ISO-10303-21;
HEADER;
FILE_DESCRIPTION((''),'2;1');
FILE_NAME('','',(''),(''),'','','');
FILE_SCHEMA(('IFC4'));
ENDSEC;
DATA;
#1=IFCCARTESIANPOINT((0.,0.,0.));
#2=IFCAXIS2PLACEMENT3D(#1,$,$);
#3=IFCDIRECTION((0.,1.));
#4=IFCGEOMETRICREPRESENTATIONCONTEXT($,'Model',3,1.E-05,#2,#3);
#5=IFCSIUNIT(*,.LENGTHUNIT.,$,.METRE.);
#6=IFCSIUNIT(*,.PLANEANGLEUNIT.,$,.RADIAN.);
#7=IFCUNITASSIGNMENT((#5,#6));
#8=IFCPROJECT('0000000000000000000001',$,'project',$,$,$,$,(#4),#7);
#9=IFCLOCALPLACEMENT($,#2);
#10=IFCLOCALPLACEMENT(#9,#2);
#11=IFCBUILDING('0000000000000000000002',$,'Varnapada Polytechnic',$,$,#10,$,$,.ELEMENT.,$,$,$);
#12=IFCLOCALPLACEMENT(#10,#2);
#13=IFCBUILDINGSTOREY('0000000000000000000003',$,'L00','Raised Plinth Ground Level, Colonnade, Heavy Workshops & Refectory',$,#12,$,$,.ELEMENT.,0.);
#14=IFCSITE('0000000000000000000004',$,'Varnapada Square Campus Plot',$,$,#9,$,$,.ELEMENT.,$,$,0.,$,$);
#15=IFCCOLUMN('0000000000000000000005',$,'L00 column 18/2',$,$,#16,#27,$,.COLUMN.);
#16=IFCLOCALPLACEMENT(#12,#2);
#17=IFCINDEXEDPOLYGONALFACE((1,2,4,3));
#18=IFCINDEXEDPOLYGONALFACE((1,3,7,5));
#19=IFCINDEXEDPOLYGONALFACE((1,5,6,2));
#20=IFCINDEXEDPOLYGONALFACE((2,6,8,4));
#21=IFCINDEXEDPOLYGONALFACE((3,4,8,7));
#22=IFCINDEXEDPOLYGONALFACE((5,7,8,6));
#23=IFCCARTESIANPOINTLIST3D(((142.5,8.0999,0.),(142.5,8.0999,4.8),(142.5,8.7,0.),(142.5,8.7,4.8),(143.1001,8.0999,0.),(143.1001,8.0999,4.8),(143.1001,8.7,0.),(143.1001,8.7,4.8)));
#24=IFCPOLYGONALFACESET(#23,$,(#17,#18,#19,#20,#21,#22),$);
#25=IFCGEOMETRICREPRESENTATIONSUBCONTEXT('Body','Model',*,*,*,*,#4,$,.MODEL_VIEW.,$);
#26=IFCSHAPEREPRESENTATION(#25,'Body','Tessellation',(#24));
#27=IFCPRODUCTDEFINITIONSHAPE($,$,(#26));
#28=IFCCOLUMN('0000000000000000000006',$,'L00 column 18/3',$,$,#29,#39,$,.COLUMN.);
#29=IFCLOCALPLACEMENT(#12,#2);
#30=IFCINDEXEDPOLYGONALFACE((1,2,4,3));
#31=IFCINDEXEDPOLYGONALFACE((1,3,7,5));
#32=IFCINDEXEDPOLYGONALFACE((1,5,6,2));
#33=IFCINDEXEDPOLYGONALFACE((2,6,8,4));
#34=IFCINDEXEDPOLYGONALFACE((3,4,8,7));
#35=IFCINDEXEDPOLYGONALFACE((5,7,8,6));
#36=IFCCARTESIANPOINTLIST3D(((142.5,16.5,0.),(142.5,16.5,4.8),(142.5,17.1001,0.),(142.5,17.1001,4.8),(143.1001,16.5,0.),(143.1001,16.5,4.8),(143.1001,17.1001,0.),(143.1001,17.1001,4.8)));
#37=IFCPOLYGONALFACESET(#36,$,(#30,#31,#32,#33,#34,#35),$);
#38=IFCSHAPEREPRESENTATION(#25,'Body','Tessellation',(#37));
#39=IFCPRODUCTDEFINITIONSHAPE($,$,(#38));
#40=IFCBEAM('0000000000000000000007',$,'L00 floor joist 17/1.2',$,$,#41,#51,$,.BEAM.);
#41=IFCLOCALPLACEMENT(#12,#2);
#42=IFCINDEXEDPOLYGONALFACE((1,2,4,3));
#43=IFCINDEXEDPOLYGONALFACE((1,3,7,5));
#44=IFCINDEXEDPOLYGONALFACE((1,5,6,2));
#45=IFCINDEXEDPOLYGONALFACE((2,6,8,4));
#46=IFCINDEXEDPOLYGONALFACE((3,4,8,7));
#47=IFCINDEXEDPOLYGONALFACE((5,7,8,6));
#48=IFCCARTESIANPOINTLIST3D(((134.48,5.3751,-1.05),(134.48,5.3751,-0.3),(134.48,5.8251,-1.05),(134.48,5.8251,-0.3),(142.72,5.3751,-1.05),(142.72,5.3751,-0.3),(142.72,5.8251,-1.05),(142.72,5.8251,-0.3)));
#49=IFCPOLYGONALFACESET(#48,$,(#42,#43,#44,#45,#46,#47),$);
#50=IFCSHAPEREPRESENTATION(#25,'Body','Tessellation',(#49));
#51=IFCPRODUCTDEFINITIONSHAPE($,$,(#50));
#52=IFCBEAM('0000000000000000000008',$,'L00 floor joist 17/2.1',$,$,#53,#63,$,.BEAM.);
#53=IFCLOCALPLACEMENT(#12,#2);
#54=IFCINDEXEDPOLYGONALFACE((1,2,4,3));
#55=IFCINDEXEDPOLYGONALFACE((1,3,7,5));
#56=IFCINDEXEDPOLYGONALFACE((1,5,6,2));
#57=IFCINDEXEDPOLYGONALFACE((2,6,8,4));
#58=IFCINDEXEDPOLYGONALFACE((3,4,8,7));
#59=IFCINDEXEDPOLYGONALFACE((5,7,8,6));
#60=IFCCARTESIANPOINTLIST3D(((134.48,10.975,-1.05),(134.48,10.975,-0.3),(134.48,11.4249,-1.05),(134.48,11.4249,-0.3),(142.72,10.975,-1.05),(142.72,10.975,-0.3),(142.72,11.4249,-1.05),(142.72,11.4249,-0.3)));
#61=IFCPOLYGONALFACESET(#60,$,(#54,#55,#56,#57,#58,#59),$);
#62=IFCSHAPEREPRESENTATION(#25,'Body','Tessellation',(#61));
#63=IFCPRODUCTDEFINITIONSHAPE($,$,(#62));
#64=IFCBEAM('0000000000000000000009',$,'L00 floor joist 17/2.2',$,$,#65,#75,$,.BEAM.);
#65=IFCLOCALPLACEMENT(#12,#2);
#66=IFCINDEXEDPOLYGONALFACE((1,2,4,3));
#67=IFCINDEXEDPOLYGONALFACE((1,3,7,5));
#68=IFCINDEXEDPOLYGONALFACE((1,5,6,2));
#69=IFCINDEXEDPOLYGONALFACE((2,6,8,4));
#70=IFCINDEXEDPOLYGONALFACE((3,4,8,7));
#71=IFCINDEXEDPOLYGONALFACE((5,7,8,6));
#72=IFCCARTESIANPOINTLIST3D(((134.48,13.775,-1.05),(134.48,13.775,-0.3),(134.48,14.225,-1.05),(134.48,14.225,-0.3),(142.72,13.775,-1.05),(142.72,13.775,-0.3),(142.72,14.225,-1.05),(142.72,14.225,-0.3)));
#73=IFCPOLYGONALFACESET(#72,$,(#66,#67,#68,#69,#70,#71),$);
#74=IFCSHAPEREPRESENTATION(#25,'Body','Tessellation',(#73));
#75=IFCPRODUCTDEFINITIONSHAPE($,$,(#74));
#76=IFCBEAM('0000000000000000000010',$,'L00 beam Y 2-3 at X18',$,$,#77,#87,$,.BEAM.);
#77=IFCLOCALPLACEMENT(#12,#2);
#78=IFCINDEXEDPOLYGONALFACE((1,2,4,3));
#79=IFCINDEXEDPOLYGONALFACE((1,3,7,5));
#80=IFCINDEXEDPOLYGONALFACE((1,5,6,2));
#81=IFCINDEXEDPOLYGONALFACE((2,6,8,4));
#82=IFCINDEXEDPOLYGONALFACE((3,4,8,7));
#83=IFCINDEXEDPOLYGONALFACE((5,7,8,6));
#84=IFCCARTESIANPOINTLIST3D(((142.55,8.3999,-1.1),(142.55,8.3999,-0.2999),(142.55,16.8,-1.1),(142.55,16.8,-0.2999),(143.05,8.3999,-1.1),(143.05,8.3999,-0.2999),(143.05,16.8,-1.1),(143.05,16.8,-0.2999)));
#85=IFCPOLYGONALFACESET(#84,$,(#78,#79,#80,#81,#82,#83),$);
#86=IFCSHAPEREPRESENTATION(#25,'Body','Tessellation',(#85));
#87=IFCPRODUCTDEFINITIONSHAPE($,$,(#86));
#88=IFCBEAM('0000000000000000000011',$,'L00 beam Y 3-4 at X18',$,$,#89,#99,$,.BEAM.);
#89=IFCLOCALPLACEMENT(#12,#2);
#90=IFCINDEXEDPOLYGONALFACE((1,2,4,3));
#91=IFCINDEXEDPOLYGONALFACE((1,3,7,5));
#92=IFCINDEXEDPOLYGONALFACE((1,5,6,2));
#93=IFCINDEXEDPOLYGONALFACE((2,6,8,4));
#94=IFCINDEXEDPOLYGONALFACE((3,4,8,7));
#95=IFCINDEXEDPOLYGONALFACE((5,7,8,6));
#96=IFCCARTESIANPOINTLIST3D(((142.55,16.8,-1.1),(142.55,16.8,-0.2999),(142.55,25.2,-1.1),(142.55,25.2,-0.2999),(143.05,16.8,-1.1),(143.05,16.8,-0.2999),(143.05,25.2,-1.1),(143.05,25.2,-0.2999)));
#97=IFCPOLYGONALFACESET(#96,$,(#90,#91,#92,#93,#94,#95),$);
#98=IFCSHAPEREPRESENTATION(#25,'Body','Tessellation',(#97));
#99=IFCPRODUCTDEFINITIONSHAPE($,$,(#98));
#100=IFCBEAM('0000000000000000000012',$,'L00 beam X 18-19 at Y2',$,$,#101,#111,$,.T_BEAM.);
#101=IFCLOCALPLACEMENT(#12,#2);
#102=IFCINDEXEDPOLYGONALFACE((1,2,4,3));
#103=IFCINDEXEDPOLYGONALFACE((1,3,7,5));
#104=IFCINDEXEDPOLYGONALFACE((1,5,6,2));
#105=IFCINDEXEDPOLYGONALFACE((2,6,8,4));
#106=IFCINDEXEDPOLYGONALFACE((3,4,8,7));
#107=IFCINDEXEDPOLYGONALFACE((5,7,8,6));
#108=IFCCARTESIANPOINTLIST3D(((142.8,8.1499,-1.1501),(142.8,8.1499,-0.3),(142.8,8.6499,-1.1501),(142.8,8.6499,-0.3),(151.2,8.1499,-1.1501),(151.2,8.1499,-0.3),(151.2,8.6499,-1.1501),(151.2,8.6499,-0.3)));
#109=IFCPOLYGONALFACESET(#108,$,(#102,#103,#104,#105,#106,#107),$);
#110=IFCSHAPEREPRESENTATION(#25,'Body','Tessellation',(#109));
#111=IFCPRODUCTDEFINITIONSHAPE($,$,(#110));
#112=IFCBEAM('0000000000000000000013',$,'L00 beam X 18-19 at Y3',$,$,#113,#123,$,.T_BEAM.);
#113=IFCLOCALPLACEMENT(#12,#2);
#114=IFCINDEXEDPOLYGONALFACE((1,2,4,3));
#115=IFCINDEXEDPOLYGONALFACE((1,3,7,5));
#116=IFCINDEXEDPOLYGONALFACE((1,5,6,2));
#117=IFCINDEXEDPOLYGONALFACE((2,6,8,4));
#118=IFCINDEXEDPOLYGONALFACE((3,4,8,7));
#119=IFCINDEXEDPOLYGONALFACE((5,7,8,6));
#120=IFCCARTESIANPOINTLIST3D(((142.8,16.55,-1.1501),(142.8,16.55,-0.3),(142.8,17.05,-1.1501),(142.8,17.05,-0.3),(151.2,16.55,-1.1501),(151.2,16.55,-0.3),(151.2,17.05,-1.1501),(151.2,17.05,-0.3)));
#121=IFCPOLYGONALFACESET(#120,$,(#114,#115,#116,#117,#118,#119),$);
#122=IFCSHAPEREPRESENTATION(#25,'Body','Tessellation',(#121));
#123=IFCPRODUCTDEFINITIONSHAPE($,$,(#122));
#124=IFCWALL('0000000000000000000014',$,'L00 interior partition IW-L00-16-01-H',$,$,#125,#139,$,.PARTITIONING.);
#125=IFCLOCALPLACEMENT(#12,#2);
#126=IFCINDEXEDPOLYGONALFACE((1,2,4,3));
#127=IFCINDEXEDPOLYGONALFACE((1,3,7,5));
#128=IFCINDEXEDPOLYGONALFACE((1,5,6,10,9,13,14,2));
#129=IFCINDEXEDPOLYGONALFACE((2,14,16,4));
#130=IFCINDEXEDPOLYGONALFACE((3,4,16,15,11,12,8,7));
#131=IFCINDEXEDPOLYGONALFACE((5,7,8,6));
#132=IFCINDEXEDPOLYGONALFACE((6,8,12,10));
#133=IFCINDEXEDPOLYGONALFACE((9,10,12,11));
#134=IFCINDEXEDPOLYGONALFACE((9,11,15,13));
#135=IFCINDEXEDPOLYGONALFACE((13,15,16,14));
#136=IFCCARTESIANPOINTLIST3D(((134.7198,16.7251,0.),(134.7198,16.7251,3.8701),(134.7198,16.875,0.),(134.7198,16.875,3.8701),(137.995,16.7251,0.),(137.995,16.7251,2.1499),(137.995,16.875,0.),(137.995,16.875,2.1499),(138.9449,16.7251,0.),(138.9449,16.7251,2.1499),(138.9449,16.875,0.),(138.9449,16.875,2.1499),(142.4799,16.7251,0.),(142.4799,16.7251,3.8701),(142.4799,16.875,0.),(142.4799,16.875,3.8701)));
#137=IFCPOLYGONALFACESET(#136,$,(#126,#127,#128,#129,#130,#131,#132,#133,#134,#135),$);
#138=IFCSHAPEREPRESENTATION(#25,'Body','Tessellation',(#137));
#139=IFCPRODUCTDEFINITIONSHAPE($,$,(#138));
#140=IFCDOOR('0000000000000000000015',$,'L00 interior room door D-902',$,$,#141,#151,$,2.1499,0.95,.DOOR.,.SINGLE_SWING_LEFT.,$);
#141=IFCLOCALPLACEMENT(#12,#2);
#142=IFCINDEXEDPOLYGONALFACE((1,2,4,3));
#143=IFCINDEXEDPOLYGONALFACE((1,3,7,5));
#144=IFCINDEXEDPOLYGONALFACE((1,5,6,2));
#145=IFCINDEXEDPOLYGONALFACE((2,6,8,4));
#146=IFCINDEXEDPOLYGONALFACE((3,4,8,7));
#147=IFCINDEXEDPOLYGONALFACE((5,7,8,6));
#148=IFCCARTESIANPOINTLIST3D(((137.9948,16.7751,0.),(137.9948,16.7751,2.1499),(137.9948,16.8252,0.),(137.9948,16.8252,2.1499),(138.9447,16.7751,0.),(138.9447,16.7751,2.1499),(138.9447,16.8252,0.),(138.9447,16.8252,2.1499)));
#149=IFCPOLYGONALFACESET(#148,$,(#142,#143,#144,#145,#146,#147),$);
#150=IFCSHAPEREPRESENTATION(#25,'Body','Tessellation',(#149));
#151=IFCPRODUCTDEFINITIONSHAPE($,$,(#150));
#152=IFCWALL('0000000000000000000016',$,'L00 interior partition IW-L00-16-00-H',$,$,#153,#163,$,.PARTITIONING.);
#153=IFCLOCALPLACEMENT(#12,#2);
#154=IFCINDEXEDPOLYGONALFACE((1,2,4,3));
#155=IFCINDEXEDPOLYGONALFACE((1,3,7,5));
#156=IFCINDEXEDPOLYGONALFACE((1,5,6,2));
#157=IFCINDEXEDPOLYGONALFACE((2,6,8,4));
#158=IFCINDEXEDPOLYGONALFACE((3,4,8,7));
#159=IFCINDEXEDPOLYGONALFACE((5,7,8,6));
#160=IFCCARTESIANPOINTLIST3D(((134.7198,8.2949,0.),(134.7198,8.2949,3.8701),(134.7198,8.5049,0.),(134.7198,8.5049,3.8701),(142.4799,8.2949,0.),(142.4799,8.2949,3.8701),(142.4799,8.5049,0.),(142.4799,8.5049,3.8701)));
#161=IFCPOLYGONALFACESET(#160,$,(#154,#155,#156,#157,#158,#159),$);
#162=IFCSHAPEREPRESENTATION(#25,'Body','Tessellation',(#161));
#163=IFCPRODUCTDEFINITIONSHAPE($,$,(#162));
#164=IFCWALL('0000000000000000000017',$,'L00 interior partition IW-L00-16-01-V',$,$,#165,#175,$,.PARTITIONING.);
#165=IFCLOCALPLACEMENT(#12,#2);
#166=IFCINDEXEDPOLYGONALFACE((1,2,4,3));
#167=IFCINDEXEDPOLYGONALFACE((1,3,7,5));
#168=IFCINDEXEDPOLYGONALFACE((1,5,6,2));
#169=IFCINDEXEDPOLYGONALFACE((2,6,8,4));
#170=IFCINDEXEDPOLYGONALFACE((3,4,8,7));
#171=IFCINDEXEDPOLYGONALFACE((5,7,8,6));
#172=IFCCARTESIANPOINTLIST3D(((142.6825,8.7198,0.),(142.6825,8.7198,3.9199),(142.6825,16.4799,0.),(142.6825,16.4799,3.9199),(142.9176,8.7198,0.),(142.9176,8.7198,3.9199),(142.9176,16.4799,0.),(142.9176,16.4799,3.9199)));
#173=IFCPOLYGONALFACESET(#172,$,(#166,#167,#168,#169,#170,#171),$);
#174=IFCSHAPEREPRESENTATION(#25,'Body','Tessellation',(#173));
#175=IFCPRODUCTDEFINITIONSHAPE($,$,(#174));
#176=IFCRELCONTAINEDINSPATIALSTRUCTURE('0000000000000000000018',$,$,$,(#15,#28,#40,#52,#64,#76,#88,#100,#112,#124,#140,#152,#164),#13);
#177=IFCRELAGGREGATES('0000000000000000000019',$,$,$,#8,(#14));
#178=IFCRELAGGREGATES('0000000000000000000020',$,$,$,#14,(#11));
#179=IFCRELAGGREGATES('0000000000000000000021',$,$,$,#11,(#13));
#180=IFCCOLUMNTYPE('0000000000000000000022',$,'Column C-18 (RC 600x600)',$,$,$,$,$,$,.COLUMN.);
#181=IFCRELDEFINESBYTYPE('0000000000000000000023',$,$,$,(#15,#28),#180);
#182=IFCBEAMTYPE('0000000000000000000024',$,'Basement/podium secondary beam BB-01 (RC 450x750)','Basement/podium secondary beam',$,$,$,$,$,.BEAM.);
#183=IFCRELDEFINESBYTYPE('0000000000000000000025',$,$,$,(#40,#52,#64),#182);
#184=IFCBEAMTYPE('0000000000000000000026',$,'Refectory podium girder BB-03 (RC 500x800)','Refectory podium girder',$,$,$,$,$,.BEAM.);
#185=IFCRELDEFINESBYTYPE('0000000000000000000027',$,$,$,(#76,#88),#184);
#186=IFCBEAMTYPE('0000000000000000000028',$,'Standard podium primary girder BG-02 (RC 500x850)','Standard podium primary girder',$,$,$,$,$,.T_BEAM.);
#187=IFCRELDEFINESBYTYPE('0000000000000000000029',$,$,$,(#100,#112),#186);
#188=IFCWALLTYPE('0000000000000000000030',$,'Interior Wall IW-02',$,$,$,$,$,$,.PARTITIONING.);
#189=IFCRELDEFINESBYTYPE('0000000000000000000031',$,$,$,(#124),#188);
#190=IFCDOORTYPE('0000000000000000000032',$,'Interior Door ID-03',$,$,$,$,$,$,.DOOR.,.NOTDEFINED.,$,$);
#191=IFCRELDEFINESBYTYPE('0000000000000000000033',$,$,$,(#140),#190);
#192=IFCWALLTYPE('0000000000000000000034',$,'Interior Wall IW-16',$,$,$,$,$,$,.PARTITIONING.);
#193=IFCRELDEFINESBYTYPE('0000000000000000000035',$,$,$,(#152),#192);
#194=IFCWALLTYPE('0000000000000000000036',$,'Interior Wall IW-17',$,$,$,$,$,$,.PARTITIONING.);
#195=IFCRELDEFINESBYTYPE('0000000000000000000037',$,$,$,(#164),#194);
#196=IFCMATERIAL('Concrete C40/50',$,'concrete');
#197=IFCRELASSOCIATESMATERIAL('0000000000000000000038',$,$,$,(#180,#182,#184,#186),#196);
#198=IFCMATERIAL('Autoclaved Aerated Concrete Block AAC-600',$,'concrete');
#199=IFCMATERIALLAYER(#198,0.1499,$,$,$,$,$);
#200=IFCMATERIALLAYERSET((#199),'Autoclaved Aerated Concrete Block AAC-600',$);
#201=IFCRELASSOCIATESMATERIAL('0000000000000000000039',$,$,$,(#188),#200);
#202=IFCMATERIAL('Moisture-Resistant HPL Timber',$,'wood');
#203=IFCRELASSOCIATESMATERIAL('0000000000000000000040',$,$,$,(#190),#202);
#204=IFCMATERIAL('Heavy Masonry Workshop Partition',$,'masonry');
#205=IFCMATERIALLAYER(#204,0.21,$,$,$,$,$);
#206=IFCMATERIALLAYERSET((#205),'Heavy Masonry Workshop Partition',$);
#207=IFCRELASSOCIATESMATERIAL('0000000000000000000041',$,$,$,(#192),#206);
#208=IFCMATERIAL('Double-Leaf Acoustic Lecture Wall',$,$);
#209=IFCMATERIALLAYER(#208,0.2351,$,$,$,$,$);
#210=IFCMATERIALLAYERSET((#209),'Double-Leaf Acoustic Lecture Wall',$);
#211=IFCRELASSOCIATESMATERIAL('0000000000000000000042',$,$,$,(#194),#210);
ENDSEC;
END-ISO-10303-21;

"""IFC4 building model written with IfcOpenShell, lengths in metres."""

from ifc_helpers import new_model, si_unit, direction, frame, frame_2d, origin, origin_2d, place, context, subcontext, project, spatial, rectangle, extrude, material, layer, layer_set, material_profile, profile_set, type_object, element, fill, save


model = new_model("IFC4")

# Units and contexts
model_context = context("Model", 3, precision=1e-05, world=origin(), true_north=direction((0.0, 1.0)))
body_context = subcontext(model_context, "Body", "Model", "MODEL_VIEW")
ifc_project = project(units=[si_unit("LENGTHUNIT", "METRE"), si_unit("PLANEANGLEUNIT", "RADIAN")], contexts=[model_context])

# Site, building, storey
site_placement = place(None, origin())
site = spatial("IfcSite", under=ifc_project, at=site_placement, Name="Varnapada Square Campus Plot", CompositionType="ELEMENT", RefElevation=0.0)
building_placement = place(site_placement, origin())
building = spatial("IfcBuilding", under=site, at=building_placement, Name="Varnapada Polytechnic", CompositionType="ELEMENT")
storey_placement = place(building_placement, origin())
storey = spatial("IfcBuildingStorey", under=building, at=storey_placement, Name="L00", Description="Raised Plinth Ground Level, Colonnade, Heavy Workshops & Refectory", CompositionType="ELEMENT", Elevation=0.0)

# Columns
ifc_material_1 = material(Name="Concrete C40/50", Category="concrete")
ifc_material_profile_1 = material_profile(ifc_material_1, rectangle(XDim=0.6001, YDim=0.6001, at=origin_2d()), Name="RC 600x600")
ifc_profile_set_1 = profile_set([ifc_material_profile_1], Name="Concrete C40/50")
column_type = type_object("IfcColumnType", Name="Column C-18 (RC 600x600)", PredefinedType="COLUMN", material=ifc_profile_set_1)
for number, where, z_axis, x_axis, name in (
    (1, (142.8, 8.3999, 0.0), (0.0, 0.0, 1.0), (1.0, 0.0, 0.0), "L00 column 18/2"),
    (2, (142.8, 16.8, 0.0), (0.0, 0.0, 1.0), (1.0, 0.0, 0.0), "L00 column 18/3"),
):
    element("IfcColumn", number, at=place(storey_placement, frame(where, z_axis=z_axis, x_axis=x_axis)), inside=storey, type_object=column_type, Name=name, PredefinedType="COLUMN", context=body_context, shape_type="SweptSolid", body=[
        extrude(rectangle(XDim=0.6001, YDim=0.6001, at=origin_2d()), origin(), (0.0, 0.0, 1.0), 4.8),
    ])

# Beams
ifc_material_profile_2 = material_profile(ifc_material_1, rectangle(XDim=0.45, YDim=0.75, at=origin_2d()), Name="RC 450x750")
ifc_profile_set_2 = profile_set([ifc_material_profile_2], Name="Concrete C40/50")
beam_type_1 = type_object("IfcBeamType", Name="Basement/podium secondary beam BB-01 (RC 450x750)", Description="Basement/podium secondary beam", PredefinedType="BEAM", material=ifc_profile_set_2)
for number, where, z_axis, x_axis, name in (
    (3, (134.48, 5.6001, -0.675), (1.0, 0.0, 0.0), (0.0, 1.0, 0.0), "L00 floor joist 17/1.2"),
    (4, (134.48, 11.2, -0.675), (1.0, 0.0, 0.0), (0.0, 1.0, 0.0), "L00 floor joist 17/2.1"),
    (5, (134.48, 14.0, -0.675), (1.0, 0.0, 0.0), (0.0, 1.0, 0.0), "L00 floor joist 17/2.2"),
):
    element("IfcBeam", number, at=place(storey_placement, frame(where, z_axis=z_axis, x_axis=x_axis)), inside=storey, type_object=beam_type_1, Name=name, PredefinedType="BEAM", context=body_context, shape_type="SweptSolid", body=[
        extrude(rectangle(XDim=0.45, YDim=0.75, at=origin_2d()), origin(), (0.0, 0.0, 1.0), 8.24),
    ])
ifc_material_profile_3 = material_profile(ifc_material_1, rectangle(XDim=0.5, YDim=0.8, at=origin_2d()), Name="RC 500x800")
ifc_profile_set_3 = profile_set([ifc_material_profile_3], Name="Concrete C40/50")
beam_type_2 = type_object("IfcBeamType", Name="Refectory podium girder BB-03 (RC 500x800)", Description="Refectory podium girder", PredefinedType="BEAM", material=ifc_profile_set_3)
beam_1_placement = place(storey_placement, frame((142.8, 8.3999, -0.7), z_axis=(0.0, 1.0, 0.0), x_axis=(-1.0, 0.0, 0.0)))
element("IfcBeam", 6, at=beam_1_placement, inside=storey, type_object=beam_type_2, Name="L00 beam Y 2-3 at X18", PredefinedType="BEAM", context=body_context, shape_type="SweptSolid", body=[
    extrude(rectangle(XDim=0.5, YDim=0.8, at=origin_2d()), origin(), (0.0, 0.0, 1.0), 8.4001),
])
beam_2_placement = place(storey_placement, frame((142.8, 16.8, -0.7), z_axis=(0.0, 1.0, 0.0), x_axis=(-1.0, 0.0, 0.0)))
element("IfcBeam", 7, at=beam_2_placement, inside=storey, type_object=beam_type_2, Name="L00 beam Y 3-4 at X18", PredefinedType="BEAM", context=body_context, shape_type="SweptSolid", body=[
    extrude(rectangle(XDim=0.5, YDim=0.8, at=origin_2d()), origin(), (0.0, 0.0, 1.0), 8.3999),
])
ifc_material_profile_4 = material_profile(ifc_material_1, rectangle(XDim=0.5, YDim=0.8501, at=origin_2d()), Name="RC 500x850")
ifc_profile_set_4 = profile_set([ifc_material_profile_4], Name="Concrete C40/50")
beam_type_3 = type_object("IfcBeamType", Name="Standard podium primary girder BG-02 (RC 500x850)", Description="Standard podium primary girder", PredefinedType="T_BEAM", material=ifc_profile_set_4)
for number, where, z_axis, x_axis, name in (
    (8, (142.8, 8.3999, -0.7251), (1.0, 0.0, 0.0), (0.0, 1.0, 0.0), "L00 beam X 18-19 at Y2"),
    (9, (142.8, 16.8, -0.7251), (1.0, 0.0, 0.0), (0.0, 1.0, 0.0), "L00 beam X 18-19 at Y3"),
):
    element("IfcBeam", number, at=place(storey_placement, frame(where, z_axis=z_axis, x_axis=x_axis)), inside=storey, type_object=beam_type_3, Name=name, PredefinedType="T_BEAM", context=body_context, shape_type="SweptSolid", body=[
        extrude(rectangle(XDim=0.5, YDim=0.8501, at=origin_2d()), origin(), (0.0, 0.0, 1.0), 8.3999),
    ])

# Wall, opening, door
ifc_material_2 = material(Name="Autoclaved Aerated Concrete Block AAC-600", Category="concrete")
ifc_layer_1 = layer(ifc_material_2, 0.1499)
ifc_layer_set_1 = layer_set([ifc_layer_1], Name="Autoclaved Aerated Concrete Block AAC-600")
wall_type_1 = type_object("IfcWallType", Name="Interior Wall IW-02", PredefinedType="PARTITIONING", material=ifc_layer_set_1)
wall_1_placement = place(storey_placement, frame((134.72, 16.8, 0.0), z_axis=(0.0, 0.0, 1.0), x_axis=(1.0, 0.0, 0.0)))
wall_1 = element("IfcWall", 10, at=wall_1_placement, inside=storey, type_object=wall_type_1, Name="L00 interior partition IW-L00-16-01-H", PredefinedType="PARTITIONING", context=body_context, shape_type="SweptSolid", body=[
    extrude(rectangle(XDim=7.76, YDim=0.1499, at=frame_2d((3.8799, 0.0))), origin(), (0.0, 0.0, 1.0), 3.8701),
])
opening_placement = place(wall_1_placement, frame((3.2749, 0.0, 0.0)))
opening = element("IfcOpeningElement", 11, at=opening_placement, cuts=wall_1, PredefinedType="OPENING", context=body_context, shape_type="SweptSolid", body=[
    extrude(rectangle(XDim=0.95, YDim=2.1499, at=frame_2d((0.4751, 1.075))), frame((0.0, 0.085, 0.0), z_axis=(0.0, -1.0, 0.0), x_axis=(1.0, 0.0, 0.0)), (0.0, 0.0, 1.0), 0.1699),
])
ifc_material_3 = material(Name="Moisture-Resistant HPL Timber", Category="wood")
door_type = type_object("IfcDoorType", Name="Interior Door ID-03", OperationType="NOTDEFINED", PredefinedType="DOOR", material=ifc_material_3)
door_placement = place(opening_placement, frame((0.95, 0.0, 0.0), z_axis=(0.0, 0.0, 1.0), x_axis=(-1.0, 0.0, 0.0)))
door = element("IfcDoor", 12, at=door_placement, inside=storey, type_object=door_type, Name="L00 interior room door D-902", OperationType="SINGLE_SWING_LEFT", OverallHeight=2.1499, OverallWidth=0.95, PredefinedType="DOOR", context=body_context, shape_type="SweptSolid", body=[
    extrude(rectangle(XDim=0.95, YDim=2.1499, at=frame_2d((0.4751, 1.075))), frame((0.0, 0.0249, 0.0), z_axis=(0.0, -1.0, 0.0), x_axis=(1.0, 0.0, 0.0)), (0.0, 0.0, 1.0), 0.05),
])
fill(opening, door)

# Walls
ifc_material_4 = material(Name="Heavy Masonry Workshop Partition", Category="masonry")
ifc_layer_2 = layer(ifc_material_4, 0.21)
ifc_layer_set_2 = layer_set([ifc_layer_2], Name="Heavy Masonry Workshop Partition")
wall_type_2 = type_object("IfcWallType", Name="Interior Wall IW-16", PredefinedType="PARTITIONING", material=ifc_layer_set_2)
wall_2_placement = place(storey_placement, frame((134.72, 8.3999, 0.0), z_axis=(0.0, 0.0, 1.0), x_axis=(1.0, 0.0, 0.0)))
element("IfcWall", 13, at=wall_2_placement, inside=storey, type_object=wall_type_2, Name="L00 interior partition IW-L00-16-00-H", PredefinedType="PARTITIONING", context=body_context, shape_type="SweptSolid", body=[
    extrude(rectangle(XDim=7.76, YDim=0.21, at=frame_2d((3.8799, 0.0))), origin(), (0.0, 0.0, 1.0), 3.8701),
])
ifc_material_5 = material(Name="Double-Leaf Acoustic Lecture Wall")
ifc_layer_3 = layer(ifc_material_5, 0.2351)
ifc_layer_set_3 = layer_set([ifc_layer_3], Name="Double-Leaf Acoustic Lecture Wall")
wall_type_3 = type_object("IfcWallType", Name="Interior Wall IW-17", PredefinedType="PARTITIONING", material=ifc_layer_set_3)
wall_3_placement = place(storey_placement, frame((142.8, 8.72, 0.0), z_axis=(0.0, 0.0, 1.0), x_axis=(0.0, 1.0, 0.0)))
element("IfcWall", 14, at=wall_3_placement, inside=storey, type_object=wall_type_3, Name="L00 interior partition IW-L00-16-01-V", PredefinedType="PARTITIONING", context=body_context, shape_type="SweptSolid", body=[
    extrude(rectangle(XDim=7.76, YDim=0.2351, at=frame_2d((3.8799, 0.0))), origin(), (0.0, 0.0, 1.0), 3.9199),
])

save(model, "model.ifc")
